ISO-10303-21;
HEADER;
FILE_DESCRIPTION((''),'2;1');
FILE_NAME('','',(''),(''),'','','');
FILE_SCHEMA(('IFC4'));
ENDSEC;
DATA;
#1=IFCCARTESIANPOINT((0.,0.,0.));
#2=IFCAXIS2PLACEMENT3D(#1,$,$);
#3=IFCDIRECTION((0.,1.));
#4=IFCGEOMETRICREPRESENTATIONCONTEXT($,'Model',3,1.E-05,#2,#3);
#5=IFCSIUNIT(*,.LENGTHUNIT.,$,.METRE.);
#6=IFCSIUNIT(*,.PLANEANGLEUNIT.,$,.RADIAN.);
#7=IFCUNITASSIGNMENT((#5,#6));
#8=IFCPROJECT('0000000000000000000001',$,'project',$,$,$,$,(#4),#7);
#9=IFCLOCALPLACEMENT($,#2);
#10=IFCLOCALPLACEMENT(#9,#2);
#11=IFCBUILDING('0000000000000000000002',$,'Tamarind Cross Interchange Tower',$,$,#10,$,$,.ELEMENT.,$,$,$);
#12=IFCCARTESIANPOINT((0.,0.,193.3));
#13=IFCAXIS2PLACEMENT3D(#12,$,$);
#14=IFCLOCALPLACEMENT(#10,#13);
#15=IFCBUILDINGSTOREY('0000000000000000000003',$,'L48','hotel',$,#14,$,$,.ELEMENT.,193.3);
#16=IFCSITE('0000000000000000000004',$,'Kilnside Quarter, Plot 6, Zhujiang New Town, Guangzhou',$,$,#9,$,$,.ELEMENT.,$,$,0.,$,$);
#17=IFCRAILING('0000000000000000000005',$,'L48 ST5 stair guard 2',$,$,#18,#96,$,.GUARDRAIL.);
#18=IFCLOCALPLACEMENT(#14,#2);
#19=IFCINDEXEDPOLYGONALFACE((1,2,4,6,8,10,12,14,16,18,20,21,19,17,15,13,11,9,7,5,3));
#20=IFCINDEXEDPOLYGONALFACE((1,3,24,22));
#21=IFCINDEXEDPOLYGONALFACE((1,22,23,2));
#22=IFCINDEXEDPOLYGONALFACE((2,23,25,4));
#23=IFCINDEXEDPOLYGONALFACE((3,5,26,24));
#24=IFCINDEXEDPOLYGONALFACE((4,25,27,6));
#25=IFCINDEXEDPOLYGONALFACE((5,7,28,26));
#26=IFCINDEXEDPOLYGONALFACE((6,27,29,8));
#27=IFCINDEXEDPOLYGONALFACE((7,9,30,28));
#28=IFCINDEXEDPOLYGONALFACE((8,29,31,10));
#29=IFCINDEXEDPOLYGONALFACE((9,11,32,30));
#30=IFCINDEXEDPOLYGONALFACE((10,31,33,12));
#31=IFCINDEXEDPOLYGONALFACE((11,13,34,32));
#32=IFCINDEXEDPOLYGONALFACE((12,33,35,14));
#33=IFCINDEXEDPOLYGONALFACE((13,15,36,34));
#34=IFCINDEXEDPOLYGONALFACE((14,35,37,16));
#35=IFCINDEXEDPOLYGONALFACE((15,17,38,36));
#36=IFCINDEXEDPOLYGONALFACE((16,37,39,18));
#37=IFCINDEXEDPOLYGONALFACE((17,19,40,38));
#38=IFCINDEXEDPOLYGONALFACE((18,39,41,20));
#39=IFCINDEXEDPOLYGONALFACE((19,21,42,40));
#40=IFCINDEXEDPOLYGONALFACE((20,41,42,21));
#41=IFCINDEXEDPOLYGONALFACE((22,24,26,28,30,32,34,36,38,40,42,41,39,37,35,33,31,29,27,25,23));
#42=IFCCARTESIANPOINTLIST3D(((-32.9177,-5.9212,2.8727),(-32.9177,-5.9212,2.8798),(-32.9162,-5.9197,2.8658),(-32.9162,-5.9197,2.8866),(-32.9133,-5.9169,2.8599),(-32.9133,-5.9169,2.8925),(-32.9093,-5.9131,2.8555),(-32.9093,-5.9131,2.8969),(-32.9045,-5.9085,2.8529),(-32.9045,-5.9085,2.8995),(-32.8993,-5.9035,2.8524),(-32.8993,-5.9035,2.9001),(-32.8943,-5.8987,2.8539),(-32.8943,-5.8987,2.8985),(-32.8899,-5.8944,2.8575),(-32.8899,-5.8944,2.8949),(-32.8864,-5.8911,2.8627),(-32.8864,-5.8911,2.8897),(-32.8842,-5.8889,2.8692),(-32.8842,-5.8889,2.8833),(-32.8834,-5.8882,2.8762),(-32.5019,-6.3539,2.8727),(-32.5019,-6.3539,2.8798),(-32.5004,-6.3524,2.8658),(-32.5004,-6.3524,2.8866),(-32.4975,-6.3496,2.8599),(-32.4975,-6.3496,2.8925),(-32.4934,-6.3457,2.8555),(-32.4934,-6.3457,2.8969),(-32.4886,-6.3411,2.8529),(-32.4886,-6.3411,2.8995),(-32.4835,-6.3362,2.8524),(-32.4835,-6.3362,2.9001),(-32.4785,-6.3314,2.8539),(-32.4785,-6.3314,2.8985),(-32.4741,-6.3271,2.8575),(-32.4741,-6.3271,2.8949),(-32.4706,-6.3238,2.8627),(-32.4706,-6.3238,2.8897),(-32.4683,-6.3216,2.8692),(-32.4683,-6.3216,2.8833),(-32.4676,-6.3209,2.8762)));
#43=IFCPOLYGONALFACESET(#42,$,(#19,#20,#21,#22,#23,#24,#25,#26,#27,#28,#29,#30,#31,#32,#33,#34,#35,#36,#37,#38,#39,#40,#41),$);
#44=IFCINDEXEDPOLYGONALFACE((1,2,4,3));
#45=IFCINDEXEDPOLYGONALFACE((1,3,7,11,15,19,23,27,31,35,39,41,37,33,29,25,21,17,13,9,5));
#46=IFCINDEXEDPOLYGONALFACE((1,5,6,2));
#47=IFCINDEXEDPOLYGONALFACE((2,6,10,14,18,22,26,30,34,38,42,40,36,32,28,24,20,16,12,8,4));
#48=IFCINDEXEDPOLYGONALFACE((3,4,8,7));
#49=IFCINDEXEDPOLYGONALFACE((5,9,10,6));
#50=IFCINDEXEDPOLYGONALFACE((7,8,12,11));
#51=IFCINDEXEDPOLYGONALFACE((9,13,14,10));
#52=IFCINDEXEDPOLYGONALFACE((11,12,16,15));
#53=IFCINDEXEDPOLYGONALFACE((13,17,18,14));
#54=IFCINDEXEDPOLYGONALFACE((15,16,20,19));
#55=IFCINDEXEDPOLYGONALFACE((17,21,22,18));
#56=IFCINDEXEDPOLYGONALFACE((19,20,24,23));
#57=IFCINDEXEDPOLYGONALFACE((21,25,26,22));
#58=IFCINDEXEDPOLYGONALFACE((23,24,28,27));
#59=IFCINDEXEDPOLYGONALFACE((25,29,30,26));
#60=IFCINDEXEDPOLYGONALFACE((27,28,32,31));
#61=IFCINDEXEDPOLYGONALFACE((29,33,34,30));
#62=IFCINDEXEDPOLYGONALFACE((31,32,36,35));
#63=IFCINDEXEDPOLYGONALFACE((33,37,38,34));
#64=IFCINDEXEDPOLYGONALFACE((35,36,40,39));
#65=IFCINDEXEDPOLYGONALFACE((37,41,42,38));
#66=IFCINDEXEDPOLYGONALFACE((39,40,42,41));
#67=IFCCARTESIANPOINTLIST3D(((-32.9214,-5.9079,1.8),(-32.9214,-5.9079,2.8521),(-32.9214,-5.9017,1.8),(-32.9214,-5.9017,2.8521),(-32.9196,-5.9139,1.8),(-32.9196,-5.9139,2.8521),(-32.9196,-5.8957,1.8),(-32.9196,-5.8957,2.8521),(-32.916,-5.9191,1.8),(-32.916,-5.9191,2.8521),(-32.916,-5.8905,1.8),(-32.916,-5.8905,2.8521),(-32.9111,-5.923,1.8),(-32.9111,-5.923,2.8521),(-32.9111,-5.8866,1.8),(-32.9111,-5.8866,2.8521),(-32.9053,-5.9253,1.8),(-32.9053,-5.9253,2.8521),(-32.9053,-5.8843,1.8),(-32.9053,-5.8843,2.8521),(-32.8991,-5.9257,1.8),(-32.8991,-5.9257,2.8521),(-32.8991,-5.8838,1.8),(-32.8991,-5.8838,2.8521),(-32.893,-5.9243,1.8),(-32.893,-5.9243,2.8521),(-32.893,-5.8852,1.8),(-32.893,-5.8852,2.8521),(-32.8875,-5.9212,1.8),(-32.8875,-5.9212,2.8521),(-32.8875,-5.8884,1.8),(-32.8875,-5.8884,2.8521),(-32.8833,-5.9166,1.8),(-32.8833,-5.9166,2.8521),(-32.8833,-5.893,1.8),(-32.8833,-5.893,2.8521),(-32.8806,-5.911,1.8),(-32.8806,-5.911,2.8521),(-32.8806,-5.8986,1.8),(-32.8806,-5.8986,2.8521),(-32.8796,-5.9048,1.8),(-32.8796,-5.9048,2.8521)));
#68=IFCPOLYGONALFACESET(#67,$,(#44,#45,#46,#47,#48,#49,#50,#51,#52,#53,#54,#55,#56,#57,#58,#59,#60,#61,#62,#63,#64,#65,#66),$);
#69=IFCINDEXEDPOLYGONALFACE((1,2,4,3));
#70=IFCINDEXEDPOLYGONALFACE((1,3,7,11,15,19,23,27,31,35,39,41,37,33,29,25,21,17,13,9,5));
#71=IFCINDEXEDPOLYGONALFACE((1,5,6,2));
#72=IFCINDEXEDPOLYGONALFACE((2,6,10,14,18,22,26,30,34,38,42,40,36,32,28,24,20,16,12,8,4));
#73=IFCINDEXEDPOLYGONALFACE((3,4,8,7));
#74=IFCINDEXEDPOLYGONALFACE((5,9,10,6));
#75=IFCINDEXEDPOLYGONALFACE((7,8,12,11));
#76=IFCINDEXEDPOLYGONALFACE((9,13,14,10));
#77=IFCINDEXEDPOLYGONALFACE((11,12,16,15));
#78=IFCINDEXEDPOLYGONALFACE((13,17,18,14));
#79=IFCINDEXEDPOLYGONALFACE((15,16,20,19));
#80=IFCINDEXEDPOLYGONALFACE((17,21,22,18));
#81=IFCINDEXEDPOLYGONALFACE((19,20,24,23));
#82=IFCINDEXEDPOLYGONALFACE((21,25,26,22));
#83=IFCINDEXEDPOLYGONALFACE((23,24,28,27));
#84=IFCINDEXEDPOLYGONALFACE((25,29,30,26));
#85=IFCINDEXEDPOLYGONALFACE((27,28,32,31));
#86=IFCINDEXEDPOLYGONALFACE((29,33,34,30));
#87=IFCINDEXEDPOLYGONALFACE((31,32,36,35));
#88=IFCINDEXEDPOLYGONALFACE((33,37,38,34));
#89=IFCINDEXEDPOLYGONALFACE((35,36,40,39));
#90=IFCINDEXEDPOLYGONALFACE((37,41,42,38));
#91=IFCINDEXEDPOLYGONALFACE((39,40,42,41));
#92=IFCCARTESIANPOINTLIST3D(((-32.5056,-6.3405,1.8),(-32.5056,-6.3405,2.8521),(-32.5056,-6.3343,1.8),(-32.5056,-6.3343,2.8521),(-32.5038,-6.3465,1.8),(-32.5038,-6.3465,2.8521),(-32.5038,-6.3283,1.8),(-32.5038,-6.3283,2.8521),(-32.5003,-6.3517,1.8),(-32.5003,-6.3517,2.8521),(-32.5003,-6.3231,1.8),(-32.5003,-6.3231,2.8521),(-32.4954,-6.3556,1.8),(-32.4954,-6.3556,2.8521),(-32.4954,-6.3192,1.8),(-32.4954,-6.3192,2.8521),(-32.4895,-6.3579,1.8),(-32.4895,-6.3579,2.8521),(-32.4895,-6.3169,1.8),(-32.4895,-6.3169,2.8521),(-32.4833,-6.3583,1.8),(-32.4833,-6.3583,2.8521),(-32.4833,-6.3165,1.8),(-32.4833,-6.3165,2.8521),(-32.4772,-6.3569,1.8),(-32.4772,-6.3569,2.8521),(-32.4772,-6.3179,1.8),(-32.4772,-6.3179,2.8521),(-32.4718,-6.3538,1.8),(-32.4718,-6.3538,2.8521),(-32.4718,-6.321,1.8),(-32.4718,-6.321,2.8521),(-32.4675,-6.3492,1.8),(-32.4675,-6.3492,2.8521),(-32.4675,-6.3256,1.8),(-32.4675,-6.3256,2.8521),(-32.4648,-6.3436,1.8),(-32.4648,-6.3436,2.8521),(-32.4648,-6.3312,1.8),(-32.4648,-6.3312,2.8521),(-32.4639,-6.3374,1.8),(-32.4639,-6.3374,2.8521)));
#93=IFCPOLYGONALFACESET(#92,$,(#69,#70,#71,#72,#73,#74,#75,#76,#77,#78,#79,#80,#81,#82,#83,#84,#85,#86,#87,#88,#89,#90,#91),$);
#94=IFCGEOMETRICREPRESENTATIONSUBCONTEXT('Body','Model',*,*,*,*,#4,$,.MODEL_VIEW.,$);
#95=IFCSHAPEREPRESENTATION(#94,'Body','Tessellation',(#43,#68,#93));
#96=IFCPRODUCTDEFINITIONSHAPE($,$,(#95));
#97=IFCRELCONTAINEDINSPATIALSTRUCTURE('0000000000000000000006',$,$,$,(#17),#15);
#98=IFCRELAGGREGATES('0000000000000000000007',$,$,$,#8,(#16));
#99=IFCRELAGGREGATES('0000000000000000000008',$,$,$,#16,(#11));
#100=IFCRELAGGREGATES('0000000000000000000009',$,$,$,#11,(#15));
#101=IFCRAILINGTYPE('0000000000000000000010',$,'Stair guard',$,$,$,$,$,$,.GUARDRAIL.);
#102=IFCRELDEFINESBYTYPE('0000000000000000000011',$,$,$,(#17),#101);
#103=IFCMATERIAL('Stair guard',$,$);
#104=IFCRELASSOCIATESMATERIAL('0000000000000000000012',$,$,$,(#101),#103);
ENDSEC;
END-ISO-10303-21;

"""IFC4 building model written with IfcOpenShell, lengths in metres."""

from ifc_helpers import new_model, si_unit, direction, frame, origin, origin_2d, place, context, subcontext, project, spatial, circle, extrude, material, type_object, element, save


model = new_model("IFC4")

# Units and contexts
model_context = context("Model", 3, precision=1e-05, world=origin(), true_north=direction((0.0, 1.0)))
body_context = subcontext(model_context, "Body", "Model", "MODEL_VIEW")
ifc_project = project(units=[si_unit("LENGTHUNIT", "METRE"), si_unit("PLANEANGLEUNIT", "RADIAN")], contexts=[model_context])

# Site, building, storey
site_placement = place(None, origin())
site = spatial("IfcSite", under=ifc_project, at=site_placement, Name="Kilnside Quarter, Plot 6, Zhujiang New Town, Guangzhou", CompositionType="ELEMENT", RefElevation=0.0)
building_placement = place(site_placement, origin())
building = spatial("IfcBuilding", under=site, at=building_placement, Name="Tamarind Cross Interchange Tower", CompositionType="ELEMENT")
storey_placement = place(building_placement, frame((0.0, 0.0, 193.3)))
storey = spatial("IfcBuildingStorey", under=building, at=storey_placement, Name="L48", Description="hotel", CompositionType="ELEMENT", Elevation=193.3)

# Railing
ifc_material_1 = material(Name="Stair guard")
railing_type_1 = type_object("IfcRailingType", Name="Stair guard", PredefinedType="GUARDRAIL", material=ifc_material_1)
railing_1_placement = place(storey_placement, frame((-32.9006, -5.9048, 1.8)))
element("IfcRailing", 1, at=railing_1_placement, inside=storey, type_object=railing_type_1, Name="L48 ST5 stair guard 2", PredefinedType="GUARDRAIL", context=body_context, shape_type="SweptSolid", body=[
    extrude(circle(Radius=0.0239, at=origin_2d()), frame((0.0, 0.0, 1.0762), z_axis=(0.69293, -0.721005, 0.0), x_axis=(0.721005, 0.69293, 0.0)), (0.0, 0.0, 1.0), 0.6001),
    extrude(circle(Radius=0.021, at=origin_2d()), origin(), (0.0, 0.0, 1.0), 1.052),
    extrude(circle(Radius=0.021, at=origin_2d()), frame((0.4158, -0.4326, 0.0)), (0.0, 0.0, 1.0), 1.052),
])

save(model, "model.ifc")
